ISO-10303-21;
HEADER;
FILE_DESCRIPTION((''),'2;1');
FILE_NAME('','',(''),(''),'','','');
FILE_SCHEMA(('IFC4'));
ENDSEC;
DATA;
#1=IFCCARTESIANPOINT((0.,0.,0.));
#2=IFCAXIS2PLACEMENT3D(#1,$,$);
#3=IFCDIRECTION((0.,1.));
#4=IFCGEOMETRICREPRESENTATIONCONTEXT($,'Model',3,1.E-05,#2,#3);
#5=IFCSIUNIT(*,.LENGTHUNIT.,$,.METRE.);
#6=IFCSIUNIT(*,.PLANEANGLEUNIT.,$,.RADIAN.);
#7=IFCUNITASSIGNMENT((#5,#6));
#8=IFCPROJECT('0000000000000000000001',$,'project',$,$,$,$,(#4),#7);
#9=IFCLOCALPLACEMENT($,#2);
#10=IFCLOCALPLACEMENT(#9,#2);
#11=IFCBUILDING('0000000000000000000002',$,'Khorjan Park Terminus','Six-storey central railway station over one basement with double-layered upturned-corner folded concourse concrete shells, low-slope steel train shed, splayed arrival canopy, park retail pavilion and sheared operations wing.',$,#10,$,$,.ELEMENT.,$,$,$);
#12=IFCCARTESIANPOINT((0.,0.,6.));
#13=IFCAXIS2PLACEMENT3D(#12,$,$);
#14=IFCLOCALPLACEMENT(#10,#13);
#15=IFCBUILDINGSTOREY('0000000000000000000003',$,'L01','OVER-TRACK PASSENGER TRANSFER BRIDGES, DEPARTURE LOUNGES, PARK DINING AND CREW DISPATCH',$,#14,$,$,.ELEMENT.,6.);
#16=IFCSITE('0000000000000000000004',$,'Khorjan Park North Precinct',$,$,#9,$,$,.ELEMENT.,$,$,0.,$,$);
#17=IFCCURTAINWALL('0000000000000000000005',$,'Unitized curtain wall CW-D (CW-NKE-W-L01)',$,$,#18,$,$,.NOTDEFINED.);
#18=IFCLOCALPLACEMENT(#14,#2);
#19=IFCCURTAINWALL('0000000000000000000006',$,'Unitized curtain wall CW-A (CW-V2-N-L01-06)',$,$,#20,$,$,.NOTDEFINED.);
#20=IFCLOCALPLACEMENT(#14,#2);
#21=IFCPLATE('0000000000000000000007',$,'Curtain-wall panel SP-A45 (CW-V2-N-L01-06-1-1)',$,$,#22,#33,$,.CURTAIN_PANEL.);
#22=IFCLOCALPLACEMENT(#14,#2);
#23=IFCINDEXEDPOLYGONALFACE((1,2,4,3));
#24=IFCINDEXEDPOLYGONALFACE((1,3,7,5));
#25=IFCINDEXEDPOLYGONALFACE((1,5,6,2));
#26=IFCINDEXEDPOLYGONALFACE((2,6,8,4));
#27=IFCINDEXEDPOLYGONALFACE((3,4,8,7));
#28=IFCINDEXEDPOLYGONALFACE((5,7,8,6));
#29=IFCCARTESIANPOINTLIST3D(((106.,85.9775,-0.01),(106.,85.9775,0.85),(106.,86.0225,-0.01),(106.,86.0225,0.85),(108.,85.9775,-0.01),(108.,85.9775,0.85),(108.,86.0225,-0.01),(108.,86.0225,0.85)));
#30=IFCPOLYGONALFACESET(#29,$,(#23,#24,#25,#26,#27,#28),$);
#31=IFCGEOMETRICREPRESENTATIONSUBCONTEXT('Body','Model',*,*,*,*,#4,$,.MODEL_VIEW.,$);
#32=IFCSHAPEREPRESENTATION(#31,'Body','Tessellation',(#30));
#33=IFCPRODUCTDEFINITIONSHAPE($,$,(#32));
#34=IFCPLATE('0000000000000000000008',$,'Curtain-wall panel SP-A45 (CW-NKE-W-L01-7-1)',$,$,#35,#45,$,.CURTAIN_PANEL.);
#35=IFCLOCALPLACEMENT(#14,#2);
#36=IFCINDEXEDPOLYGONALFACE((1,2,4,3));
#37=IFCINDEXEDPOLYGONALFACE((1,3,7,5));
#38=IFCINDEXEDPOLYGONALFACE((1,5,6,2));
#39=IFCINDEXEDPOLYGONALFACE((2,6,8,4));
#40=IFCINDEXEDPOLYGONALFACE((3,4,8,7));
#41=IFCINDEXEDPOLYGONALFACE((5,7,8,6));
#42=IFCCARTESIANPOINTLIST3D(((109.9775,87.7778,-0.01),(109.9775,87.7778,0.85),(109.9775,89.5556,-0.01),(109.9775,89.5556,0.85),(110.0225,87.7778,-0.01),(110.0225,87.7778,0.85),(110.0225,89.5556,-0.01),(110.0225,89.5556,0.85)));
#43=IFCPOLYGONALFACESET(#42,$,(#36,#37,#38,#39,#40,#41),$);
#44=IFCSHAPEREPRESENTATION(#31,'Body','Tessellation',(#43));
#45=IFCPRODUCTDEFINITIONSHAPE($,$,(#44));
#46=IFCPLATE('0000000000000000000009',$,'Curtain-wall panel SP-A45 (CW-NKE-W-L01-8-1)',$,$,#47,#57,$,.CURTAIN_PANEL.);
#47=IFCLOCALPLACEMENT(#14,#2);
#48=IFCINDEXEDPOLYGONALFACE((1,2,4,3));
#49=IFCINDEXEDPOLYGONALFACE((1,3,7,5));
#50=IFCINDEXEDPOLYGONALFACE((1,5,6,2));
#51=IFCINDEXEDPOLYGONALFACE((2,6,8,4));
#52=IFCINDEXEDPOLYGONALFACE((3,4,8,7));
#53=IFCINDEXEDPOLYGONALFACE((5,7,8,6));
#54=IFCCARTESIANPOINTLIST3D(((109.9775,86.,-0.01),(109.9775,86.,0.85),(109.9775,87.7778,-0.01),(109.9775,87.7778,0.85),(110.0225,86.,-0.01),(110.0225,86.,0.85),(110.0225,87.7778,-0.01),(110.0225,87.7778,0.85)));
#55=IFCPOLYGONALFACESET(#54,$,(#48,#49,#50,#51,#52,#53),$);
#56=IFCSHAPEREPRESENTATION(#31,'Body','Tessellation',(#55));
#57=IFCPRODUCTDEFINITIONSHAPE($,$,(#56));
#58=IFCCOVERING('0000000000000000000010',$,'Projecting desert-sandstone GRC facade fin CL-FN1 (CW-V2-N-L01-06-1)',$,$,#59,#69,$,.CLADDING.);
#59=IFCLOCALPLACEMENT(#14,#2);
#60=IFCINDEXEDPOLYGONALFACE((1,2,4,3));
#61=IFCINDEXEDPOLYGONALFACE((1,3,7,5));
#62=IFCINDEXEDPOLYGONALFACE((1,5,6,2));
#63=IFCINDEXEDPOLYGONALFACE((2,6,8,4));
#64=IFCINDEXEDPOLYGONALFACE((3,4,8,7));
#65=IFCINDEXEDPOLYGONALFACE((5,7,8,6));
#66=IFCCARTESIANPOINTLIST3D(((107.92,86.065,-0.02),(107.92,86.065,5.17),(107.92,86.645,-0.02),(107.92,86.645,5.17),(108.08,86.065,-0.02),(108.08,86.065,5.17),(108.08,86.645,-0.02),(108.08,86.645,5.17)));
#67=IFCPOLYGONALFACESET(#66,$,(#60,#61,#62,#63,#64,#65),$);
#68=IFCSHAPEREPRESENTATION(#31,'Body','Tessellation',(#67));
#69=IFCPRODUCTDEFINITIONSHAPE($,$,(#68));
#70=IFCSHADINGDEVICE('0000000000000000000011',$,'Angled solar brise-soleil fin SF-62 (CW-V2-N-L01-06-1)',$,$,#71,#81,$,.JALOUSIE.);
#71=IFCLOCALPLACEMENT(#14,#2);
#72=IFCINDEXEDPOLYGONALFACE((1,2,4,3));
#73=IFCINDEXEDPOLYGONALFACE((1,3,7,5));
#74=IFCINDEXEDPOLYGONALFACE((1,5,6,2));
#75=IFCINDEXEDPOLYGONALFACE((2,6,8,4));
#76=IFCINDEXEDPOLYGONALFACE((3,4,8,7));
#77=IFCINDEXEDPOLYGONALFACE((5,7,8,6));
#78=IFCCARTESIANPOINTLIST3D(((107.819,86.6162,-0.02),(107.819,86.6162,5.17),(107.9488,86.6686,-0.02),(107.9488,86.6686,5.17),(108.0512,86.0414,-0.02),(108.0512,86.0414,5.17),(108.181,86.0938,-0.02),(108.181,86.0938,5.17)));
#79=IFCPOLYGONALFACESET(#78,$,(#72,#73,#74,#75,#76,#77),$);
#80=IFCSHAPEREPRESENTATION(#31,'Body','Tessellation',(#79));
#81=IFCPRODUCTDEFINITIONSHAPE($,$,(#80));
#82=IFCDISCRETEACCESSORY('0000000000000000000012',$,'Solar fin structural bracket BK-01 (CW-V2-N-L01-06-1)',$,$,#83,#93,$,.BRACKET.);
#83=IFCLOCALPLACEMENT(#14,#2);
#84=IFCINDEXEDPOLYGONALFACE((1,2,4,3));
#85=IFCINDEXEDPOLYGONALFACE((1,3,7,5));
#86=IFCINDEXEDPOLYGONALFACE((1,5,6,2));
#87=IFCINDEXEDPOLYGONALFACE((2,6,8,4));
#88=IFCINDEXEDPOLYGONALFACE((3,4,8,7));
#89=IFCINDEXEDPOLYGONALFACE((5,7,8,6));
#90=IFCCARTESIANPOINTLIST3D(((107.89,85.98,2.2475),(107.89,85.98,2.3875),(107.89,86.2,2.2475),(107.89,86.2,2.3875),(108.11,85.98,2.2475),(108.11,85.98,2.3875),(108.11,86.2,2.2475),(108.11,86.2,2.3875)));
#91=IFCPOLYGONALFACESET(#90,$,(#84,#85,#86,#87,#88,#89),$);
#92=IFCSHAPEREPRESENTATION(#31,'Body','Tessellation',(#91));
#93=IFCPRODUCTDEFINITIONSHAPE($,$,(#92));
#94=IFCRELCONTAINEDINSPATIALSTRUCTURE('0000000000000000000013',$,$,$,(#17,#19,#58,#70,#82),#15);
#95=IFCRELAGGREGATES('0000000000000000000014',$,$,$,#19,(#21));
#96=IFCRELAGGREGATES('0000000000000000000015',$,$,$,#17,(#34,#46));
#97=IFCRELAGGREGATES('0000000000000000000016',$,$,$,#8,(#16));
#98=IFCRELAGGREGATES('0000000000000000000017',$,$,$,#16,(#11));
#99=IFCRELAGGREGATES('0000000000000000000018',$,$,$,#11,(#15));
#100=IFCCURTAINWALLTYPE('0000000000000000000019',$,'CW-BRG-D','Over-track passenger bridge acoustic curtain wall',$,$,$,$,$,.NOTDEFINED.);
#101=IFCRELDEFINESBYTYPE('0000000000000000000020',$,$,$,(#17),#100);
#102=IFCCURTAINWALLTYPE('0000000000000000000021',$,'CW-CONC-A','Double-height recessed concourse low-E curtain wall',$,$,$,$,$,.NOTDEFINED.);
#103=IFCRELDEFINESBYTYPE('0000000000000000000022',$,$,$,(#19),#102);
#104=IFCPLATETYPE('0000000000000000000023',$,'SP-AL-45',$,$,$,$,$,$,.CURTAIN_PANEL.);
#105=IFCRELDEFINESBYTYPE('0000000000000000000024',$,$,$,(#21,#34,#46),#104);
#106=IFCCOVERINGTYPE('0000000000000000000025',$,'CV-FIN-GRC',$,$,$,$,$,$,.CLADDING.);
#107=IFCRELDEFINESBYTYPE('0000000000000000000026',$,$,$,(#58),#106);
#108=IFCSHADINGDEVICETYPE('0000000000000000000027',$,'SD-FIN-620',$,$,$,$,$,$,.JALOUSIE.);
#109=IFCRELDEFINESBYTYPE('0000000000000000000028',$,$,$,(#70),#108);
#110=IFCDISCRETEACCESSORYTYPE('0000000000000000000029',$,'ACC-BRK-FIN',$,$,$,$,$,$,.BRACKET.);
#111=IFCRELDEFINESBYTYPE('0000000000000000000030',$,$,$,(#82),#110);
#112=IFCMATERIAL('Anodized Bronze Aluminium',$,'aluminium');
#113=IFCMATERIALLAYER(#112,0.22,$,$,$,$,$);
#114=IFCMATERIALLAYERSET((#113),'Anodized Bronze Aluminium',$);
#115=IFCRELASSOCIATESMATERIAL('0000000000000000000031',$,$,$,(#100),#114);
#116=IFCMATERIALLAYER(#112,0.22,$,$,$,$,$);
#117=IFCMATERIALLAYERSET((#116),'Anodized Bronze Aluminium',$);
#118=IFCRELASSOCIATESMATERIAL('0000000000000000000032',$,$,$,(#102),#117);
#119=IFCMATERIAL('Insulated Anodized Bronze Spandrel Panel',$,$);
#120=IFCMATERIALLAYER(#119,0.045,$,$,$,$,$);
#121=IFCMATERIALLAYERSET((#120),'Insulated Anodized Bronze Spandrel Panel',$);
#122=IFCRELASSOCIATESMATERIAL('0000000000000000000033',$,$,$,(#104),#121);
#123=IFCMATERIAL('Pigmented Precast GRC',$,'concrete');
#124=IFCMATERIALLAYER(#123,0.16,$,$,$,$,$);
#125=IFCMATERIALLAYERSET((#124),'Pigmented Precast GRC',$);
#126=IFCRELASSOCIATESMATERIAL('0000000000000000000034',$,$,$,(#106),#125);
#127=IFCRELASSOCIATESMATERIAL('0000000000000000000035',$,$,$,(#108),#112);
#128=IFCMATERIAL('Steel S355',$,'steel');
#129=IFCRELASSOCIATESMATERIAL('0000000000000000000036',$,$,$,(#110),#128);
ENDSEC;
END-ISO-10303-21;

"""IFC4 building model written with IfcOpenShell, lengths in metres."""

from ifc_helpers import new_model, si_unit, direction, frame, origin, origin_2d, place, context, subcontext, project, spatial, rectangle, extrude, material, layer, layer_set, type_object, element, aggregate, save


model = new_model("IFC4")

# Units and contexts
model_context = context("Model", 3, precision=1e-05, world=origin(), true_north=direction((0.0, 1.0)))
body_context = subcontext(model_context, "Body", "Model", "MODEL_VIEW")
ifc_project = project(units=[si_unit("LENGTHUNIT", "METRE"), si_unit("PLANEANGLEUNIT", "RADIAN")], contexts=[model_context])

# Site, building, storey
site_placement = place(None, origin())
site = spatial("IfcSite", under=ifc_project, at=site_placement, Name="Khorjan Park North Precinct", CompositionType="ELEMENT", RefElevation=0.0)
building_placement = place(site_placement, origin())
building = spatial("IfcBuilding", under=site, at=building_placement, Name="Khorjan Park Terminus", Description="Six-storey central railway station over one basement with double-layered upturned-corner folded concourse concrete shells, low-slope steel train shed, splayed arrival canopy, park retail pavilion and sheared operations wing.", CompositionType="ELEMENT")
storey_placement = place(building_placement, frame((0.0, 0.0, 6.0)))
storey = spatial("IfcBuildingStorey", under=building, at=storey_placement, Name="L01", Description="OVER-TRACK PASSENGER TRANSFER BRIDGES, DEPARTURE LOUNGES, PARK DINING AND CREW DISPATCH", CompositionType="ELEMENT", Elevation=6.0)

# Curtain walls
ifc_material_1 = material(Name="Anodized Bronze Aluminium", Category="aluminium")
ifc_layer_1 = layer(ifc_material_1, 0.22)
ifc_layer_set_1 = layer_set([ifc_layer_1], Name="Anodized Bronze Aluminium")
curtain_wall_type_1 = type_object("IfcCurtainWallType", Name="CW-BRG-D", Description="Over-track passenger bridge acoustic curtain wall", PredefinedType="NOTDEFINED", material=ifc_layer_set_1)
curtain_wall_1_placement = place(storey_placement, origin())
curtain_wall_1 = element("IfcCurtainWall", 1, at=curtain_wall_1_placement, inside=storey, type_object=curtain_wall_type_1, Name="Unitized curtain wall CW-D (CW-NKE-W-L01)", PredefinedType="NOTDEFINED")
ifc_layer_2 = layer(ifc_material_1, 0.22)
ifc_layer_set_2 = layer_set([ifc_layer_2], Name="Anodized Bronze Aluminium")
curtain_wall_type_2 = type_object("IfcCurtainWallType", Name="CW-CONC-A", Description="Double-height recessed concourse low-E curtain wall", PredefinedType="NOTDEFINED", material=ifc_layer_set_2)
curtain_wall_2_placement = place(storey_placement, origin())
curtain_wall_2 = element("IfcCurtainWall", 2, at=curtain_wall_2_placement, inside=storey, type_object=curtain_wall_type_2, Name="Unitized curtain wall CW-A (CW-V2-N-L01-06)", PredefinedType="NOTDEFINED")

# Plates
ifc_material_2 = material(Name="Insulated Anodized Bronze Spandrel Panel")
ifc_layer_3 = layer(ifc_material_2, 0.045)
ifc_layer_set_3 = layer_set([ifc_layer_3], Name="Insulated Anodized Bronze Spandrel Panel")
plate_type_1 = type_object("IfcPlateType", Name="SP-AL-45", PredefinedType="CURTAIN_PANEL", material=ifc_layer_set_3)
plate_1_placement = place(storey_placement, frame((107.0, 86.0, -0.01), z_axis=(0.0, 0.0, 1.0), x_axis=(-1.0, 0.0, 0.0)))
plate_1 = element("IfcPlate", 3, at=plate_1_placement, type_object=plate_type_1, Name="Curtain-wall panel SP-A45 (CW-V2-N-L01-06-1-1)", PredefinedType="CURTAIN_PANEL", context=body_context, shape_type="SweptSolid", body=[
    extrude(rectangle(XDim=2.0, YDim=0.045, at=origin_2d()), origin(), (0.0, 0.0, 1.0), 0.86),
])
aggregate(curtain_wall_2, [plate_1])
plate_2_placement = place(storey_placement, frame((110.0, 88.6667, -0.01), z_axis=(0.0, 0.0, 1.0), x_axis=(0.0, -1.0, 0.0)))
plate_2 = element("IfcPlate", 4, at=plate_2_placement, type_object=plate_type_1, Name="Curtain-wall panel SP-A45 (CW-NKE-W-L01-7-1)", PredefinedType="CURTAIN_PANEL", context=body_context, shape_type="SweptSolid", body=[
    extrude(rectangle(XDim=1.7778, YDim=0.045, at=origin_2d()), origin(), (0.0, 0.0, 1.0), 0.86),
])
plate_3_placement = place(storey_placement, frame((110.0, 86.8889, -0.01), z_axis=(0.0, 0.0, 1.0), x_axis=(0.0, -1.0, 0.0)))
plate_3 = element("IfcPlate", 5, at=plate_3_placement, type_object=plate_type_1, Name="Curtain-wall panel SP-A45 (CW-NKE-W-L01-8-1)", PredefinedType="CURTAIN_PANEL", context=body_context, shape_type="SweptSolid", body=[
    extrude(rectangle(XDim=1.7778, YDim=0.045, at=origin_2d()), origin(), (0.0, 0.0, 1.0), 0.86),
])
aggregate(curtain_wall_1, [plate_2, plate_3])

# Covering
ifc_material_3 = material(Name="Pigmented Precast GRC", Category="concrete")
ifc_layer_4 = layer(ifc_material_3, 0.16)
ifc_layer_set_4 = layer_set([ifc_layer_4], Name="Pigmented Precast GRC")
covering_type = type_object("IfcCoveringType", Name="CV-FIN-GRC", PredefinedType="CLADDING", material=ifc_layer_set_4)
covering_placement = place(storey_placement, frame((108.0, 86.355, -0.02), z_axis=(0.0, 0.0, 1.0), x_axis=(0.0, -1.0, 0.0)))
element("IfcCovering", 6, at=covering_placement, inside=storey, type_object=covering_type, Name="Projecting desert-sandstone GRC facade fin CL-FN1 (CW-V2-N-L01-06-1)", PredefinedType="CLADDING", context=body_context, shape_type="SweptSolid", body=[
    extrude(rectangle(XDim=0.58, YDim=0.16, at=origin_2d()), origin(), (0.0, 0.0, 1.0), 5.19),
])

# Shading device
shading_device_type = type_object("IfcShadingDeviceType", Name="SD-FIN-620", PredefinedType="JALOUSIE", material=ifc_material_1)
shading_device_placement = place(storey_placement, frame((108.0, 86.355, -0.02), z_axis=(0.0, 0.0, 1.0), x_axis=(0.374607, -0.927184, 0.0)))
element("IfcShadingDevice", 7, at=shading_device_placement, inside=storey, type_object=shading_device_type, Name="Angled solar brise-soleil fin SF-62 (CW-V2-N-L01-06-1)", PredefinedType="JALOUSIE", context=body_context, shape_type="SweptSolid", body=[
    extrude(rectangle(XDim=0.62, YDim=0.14, at=origin_2d()), origin(), (0.0, 0.0, 1.0), 5.19),
])

# Discrete accessory
ifc_material_4 = material(Name="Steel S355", Category="steel")
discrete_accessory_type = type_object("IfcDiscreteAccessoryType", Name="ACC-BRK-FIN", PredefinedType="BRACKET", material=ifc_material_4)
discrete_accessory_placement = place(storey_placement, frame((108.0, 86.09, 2.2475), z_axis=(0.0, 0.0, 1.0), x_axis=(-1.0, 0.0, 0.0)))
element("IfcDiscreteAccessory", 8, at=discrete_accessory_placement, inside=storey, type_object=discrete_accessory_type, Name="Solar fin structural bracket BK-01 (CW-V2-N-L01-06-1)", PredefinedType="BRACKET", context=body_context, shape_type="SweptSolid", body=[
    extrude(rectangle(XDim=0.22, YDim=0.22, at=origin_2d()), origin(), (0.0, 0.0, 1.0), 0.14),
])

save(model, "model.ifc")
